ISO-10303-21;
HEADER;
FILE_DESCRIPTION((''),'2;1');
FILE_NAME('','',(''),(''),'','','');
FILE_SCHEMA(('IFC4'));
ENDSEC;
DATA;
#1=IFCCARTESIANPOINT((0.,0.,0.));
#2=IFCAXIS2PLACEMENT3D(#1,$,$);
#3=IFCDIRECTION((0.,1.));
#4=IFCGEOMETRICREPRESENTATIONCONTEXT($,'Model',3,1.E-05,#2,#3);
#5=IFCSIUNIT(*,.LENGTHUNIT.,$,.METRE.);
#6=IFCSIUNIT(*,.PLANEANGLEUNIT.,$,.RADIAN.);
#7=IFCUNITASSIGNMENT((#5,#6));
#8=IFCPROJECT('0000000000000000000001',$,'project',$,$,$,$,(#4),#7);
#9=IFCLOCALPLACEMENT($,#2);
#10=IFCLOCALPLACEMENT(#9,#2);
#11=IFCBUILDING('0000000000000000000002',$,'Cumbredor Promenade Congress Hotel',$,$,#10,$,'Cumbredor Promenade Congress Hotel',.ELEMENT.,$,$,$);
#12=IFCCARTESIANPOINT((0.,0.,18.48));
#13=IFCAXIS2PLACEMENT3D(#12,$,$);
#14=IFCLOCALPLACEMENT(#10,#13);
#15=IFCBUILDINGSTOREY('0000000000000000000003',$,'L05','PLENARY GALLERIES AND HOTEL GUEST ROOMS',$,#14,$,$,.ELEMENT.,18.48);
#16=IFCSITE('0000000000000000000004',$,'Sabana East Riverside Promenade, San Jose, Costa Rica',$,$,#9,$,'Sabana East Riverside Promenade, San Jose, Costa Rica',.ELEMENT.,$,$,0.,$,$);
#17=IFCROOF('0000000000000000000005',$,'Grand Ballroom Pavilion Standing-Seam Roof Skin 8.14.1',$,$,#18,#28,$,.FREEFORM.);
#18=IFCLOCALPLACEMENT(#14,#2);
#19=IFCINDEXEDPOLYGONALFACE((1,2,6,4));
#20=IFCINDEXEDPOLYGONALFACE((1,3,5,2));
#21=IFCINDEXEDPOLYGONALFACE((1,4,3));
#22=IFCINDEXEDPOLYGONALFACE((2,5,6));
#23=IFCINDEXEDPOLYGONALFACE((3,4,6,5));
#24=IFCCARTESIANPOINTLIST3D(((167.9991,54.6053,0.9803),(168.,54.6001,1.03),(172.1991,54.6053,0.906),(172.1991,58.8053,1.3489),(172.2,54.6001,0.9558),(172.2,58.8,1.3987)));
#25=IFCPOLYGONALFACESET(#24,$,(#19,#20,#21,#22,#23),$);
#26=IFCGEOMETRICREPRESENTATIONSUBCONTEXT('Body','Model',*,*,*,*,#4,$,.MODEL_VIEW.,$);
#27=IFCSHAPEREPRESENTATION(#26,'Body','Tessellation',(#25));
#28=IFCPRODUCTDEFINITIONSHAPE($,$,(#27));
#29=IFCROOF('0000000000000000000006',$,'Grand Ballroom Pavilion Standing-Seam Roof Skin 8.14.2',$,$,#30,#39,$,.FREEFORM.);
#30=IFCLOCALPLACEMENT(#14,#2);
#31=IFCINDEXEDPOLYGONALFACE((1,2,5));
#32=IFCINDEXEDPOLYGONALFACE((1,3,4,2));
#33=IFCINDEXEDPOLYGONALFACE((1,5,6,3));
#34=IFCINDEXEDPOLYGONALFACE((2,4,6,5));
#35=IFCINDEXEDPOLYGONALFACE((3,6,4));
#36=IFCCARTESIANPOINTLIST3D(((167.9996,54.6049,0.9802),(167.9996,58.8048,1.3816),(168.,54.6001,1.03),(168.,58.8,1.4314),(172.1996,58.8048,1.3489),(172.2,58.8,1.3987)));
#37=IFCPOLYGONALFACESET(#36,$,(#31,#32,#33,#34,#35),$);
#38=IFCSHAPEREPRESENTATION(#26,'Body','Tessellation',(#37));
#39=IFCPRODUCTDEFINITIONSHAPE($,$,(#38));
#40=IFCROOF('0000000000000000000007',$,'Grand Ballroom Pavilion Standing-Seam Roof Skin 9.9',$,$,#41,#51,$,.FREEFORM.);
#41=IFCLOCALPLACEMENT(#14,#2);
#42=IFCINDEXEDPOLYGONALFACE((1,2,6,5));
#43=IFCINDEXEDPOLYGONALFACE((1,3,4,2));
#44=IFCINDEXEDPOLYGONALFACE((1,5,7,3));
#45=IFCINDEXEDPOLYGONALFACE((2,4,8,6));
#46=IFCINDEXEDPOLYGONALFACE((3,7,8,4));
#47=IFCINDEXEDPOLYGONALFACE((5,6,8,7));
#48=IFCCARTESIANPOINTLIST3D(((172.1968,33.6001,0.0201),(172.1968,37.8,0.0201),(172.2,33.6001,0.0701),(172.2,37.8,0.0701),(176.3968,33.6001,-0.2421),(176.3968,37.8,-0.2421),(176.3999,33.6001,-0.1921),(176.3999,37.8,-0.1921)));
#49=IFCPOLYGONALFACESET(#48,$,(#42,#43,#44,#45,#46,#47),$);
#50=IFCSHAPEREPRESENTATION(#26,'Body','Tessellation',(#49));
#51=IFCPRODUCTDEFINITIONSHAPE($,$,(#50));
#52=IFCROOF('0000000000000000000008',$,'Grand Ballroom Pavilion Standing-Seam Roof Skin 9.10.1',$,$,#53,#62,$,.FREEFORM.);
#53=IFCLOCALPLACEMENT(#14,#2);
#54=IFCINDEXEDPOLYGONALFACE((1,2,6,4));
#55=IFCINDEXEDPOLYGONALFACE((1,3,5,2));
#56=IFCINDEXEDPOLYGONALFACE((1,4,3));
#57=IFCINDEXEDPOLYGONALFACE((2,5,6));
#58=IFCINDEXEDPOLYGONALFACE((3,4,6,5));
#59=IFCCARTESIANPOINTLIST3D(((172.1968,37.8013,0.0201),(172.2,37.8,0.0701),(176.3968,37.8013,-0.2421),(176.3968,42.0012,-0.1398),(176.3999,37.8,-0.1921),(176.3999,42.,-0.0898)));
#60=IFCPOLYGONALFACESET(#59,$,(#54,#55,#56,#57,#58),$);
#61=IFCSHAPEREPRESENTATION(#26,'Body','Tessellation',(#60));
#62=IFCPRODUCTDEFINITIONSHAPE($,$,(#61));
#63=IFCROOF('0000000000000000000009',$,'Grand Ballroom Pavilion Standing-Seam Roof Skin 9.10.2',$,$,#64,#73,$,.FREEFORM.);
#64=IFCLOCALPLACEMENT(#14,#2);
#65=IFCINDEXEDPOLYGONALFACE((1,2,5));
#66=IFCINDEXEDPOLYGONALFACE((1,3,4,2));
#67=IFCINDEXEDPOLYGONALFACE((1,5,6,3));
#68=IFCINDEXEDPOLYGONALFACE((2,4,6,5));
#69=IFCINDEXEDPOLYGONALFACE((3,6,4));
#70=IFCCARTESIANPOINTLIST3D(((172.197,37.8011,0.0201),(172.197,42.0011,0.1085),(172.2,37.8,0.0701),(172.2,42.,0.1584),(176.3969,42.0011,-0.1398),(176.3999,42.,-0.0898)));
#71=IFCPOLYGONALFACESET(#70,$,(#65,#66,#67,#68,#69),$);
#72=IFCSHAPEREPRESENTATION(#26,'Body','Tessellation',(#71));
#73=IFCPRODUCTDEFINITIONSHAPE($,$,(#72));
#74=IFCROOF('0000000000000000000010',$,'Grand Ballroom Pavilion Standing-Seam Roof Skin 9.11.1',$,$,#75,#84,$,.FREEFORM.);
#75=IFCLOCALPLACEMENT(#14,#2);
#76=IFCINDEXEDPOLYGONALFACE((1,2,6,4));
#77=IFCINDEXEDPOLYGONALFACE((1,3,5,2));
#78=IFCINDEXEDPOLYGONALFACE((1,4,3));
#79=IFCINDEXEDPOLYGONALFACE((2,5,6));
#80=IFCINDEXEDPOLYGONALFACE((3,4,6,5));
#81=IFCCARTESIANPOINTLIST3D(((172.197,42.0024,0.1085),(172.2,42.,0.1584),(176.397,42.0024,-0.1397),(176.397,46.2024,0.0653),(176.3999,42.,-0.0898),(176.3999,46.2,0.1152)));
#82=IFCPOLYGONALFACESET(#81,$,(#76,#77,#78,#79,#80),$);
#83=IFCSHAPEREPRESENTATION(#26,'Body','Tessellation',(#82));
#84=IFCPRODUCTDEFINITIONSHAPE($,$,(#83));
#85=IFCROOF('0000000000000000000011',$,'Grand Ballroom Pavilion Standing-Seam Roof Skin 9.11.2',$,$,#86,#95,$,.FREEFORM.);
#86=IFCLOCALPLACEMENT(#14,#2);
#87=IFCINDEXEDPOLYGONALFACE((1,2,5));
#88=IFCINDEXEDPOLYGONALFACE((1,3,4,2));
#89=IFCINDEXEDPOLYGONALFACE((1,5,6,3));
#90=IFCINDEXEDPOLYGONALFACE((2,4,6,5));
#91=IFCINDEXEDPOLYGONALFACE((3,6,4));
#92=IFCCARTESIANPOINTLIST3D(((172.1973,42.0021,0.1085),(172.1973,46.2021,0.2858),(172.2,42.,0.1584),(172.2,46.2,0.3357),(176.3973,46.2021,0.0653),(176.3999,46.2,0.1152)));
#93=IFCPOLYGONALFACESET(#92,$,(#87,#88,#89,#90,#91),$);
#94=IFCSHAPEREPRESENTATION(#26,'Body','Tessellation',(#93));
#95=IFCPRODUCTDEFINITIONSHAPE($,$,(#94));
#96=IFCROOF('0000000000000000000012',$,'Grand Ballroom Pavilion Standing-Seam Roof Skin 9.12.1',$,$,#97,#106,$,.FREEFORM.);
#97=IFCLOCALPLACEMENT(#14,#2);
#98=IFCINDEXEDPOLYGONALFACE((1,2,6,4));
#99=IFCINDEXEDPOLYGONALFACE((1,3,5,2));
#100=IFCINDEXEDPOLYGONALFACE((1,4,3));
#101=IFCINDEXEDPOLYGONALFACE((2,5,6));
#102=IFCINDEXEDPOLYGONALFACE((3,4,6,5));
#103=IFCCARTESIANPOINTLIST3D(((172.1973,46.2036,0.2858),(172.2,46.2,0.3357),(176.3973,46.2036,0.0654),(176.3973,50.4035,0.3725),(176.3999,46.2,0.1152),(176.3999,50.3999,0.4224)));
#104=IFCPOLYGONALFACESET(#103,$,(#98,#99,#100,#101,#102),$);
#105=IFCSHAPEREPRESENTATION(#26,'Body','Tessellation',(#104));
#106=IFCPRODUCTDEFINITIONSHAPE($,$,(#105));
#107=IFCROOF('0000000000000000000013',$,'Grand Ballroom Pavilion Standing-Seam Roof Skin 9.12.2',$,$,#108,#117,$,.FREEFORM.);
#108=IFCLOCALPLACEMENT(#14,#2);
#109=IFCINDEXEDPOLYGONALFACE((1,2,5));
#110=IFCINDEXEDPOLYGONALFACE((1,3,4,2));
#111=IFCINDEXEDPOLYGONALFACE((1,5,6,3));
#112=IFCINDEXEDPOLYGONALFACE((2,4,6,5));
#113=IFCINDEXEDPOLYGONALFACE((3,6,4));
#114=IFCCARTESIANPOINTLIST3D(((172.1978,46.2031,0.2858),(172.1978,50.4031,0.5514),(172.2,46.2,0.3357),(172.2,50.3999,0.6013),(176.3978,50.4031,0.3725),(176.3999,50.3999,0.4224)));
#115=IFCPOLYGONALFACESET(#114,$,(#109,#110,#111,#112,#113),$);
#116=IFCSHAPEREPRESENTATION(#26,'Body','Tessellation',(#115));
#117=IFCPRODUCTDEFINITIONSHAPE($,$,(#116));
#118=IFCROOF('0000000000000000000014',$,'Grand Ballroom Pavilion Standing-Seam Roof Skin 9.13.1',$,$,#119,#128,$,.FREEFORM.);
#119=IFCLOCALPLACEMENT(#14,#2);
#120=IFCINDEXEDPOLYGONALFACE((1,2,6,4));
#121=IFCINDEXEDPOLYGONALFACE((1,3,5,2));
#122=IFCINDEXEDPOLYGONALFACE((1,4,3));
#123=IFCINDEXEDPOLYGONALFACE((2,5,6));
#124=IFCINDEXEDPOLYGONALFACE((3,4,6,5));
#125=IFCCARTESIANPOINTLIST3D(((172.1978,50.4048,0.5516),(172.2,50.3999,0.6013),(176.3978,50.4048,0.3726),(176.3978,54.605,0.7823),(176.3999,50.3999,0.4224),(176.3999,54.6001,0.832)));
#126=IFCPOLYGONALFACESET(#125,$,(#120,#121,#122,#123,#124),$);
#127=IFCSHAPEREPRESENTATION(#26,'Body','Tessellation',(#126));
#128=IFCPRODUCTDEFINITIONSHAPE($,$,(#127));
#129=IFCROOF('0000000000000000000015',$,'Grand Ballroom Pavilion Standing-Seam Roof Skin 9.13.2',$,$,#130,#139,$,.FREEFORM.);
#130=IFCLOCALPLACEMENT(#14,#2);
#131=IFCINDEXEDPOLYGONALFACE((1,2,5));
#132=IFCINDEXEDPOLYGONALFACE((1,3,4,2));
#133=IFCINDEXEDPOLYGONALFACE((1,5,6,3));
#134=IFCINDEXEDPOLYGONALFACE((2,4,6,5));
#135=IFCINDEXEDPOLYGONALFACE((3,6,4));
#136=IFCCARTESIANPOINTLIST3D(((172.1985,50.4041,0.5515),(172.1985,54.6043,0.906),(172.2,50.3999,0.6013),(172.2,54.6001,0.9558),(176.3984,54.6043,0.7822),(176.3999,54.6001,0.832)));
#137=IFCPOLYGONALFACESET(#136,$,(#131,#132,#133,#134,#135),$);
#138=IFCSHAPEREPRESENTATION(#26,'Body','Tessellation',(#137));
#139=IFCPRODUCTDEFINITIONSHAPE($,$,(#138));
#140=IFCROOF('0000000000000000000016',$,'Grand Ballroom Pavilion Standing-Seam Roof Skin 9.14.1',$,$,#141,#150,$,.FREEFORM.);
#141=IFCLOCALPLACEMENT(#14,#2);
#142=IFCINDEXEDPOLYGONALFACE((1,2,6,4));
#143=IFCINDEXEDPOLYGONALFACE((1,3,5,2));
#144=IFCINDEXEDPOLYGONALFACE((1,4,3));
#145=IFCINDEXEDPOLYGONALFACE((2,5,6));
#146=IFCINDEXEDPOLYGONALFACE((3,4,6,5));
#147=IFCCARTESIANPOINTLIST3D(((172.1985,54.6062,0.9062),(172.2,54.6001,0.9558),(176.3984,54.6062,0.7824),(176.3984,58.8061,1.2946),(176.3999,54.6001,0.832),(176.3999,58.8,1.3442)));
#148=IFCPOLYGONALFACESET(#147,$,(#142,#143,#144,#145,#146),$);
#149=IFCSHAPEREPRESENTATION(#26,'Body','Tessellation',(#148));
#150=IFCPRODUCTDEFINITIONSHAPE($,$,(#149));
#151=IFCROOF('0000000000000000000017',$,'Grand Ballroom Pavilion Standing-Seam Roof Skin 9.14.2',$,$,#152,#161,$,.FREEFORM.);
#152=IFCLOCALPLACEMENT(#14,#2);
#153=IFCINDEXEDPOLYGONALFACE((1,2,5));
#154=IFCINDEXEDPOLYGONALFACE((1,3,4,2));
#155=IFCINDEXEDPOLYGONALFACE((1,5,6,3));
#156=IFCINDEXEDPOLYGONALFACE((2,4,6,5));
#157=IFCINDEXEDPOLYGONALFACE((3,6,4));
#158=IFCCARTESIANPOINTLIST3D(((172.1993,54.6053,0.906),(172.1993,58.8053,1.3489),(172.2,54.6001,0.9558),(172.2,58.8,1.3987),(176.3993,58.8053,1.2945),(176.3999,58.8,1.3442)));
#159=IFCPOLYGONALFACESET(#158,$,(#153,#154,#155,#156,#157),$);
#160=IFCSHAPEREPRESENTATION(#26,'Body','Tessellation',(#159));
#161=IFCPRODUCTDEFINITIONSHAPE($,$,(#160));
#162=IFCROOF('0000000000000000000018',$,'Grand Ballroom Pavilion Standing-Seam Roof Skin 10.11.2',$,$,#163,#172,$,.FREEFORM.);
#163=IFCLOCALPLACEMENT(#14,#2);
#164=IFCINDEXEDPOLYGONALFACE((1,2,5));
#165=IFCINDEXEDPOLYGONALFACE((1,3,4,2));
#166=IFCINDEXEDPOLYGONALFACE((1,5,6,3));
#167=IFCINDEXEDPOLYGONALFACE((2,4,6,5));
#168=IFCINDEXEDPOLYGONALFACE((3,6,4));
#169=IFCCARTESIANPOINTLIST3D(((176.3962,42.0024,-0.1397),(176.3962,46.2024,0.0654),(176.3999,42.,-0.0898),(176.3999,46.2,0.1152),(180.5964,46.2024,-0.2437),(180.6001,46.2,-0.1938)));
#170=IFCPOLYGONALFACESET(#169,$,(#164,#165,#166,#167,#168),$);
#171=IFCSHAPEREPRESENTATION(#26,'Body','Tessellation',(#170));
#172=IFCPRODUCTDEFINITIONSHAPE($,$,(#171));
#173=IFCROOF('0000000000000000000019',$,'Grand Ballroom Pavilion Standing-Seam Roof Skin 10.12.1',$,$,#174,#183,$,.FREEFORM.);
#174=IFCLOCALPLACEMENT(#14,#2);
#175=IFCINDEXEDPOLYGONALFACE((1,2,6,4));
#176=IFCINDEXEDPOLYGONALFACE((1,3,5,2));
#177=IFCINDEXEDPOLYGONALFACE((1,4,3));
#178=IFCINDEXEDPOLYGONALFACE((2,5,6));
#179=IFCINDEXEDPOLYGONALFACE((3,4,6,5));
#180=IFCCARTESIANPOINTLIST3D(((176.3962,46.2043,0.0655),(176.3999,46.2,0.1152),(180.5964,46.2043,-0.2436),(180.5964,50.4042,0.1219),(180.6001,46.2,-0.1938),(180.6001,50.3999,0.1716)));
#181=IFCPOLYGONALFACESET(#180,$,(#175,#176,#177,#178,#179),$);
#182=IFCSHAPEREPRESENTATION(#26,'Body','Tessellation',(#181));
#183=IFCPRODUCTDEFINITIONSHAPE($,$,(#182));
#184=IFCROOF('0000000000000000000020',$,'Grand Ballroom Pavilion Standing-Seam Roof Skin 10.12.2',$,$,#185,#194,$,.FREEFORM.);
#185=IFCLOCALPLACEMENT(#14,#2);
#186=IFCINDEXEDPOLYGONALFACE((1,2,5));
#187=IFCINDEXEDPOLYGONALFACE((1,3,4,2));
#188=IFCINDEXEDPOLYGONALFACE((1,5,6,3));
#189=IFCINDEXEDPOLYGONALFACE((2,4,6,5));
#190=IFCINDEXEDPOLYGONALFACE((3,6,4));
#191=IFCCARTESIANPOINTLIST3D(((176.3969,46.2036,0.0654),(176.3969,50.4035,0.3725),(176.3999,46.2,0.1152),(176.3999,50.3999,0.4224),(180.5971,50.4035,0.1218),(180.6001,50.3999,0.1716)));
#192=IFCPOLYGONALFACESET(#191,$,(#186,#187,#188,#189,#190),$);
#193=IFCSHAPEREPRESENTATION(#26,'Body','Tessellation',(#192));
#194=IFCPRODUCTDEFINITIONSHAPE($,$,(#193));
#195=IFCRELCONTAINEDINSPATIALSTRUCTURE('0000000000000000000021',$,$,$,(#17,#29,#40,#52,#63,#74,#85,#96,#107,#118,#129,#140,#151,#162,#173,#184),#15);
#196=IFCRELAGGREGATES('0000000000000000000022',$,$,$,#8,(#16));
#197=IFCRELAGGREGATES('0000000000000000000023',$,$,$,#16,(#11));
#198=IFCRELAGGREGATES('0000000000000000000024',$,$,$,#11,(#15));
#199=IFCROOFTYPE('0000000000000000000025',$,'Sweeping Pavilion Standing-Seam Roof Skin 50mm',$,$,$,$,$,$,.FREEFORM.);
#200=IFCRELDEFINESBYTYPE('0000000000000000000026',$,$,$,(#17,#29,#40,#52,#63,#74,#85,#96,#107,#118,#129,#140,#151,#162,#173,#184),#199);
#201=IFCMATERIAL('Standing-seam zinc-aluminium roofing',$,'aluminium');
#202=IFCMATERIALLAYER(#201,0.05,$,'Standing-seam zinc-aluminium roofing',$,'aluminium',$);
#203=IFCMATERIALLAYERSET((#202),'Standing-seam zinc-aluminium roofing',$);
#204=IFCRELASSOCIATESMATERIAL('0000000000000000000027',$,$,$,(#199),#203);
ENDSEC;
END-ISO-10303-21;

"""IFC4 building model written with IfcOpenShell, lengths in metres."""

from ifc_helpers import new_model, si_unit, direction, frame, origin, place, context, subcontext, project, spatial, polyline, outline, extrude, material, layer, layer_set, type_object, element, save


model = new_model("IFC4")

# Units and contexts
model_context = context("Model", 3, precision=1e-05, world=origin(), true_north=direction((0.0, 1.0)))
body_context = subcontext(model_context, "Body", "Model", "MODEL_VIEW")
ifc_project = project(units=[si_unit("LENGTHUNIT", "METRE"), si_unit("PLANEANGLEUNIT", "RADIAN")], contexts=[model_context])

# Site, building, storey
site_placement = place(None, origin())
site = spatial("IfcSite", under=ifc_project, at=site_placement, Name="Sabana East Riverside Promenade, San Jose, Costa Rica", LongName="Sabana East Riverside Promenade, San Jose, Costa Rica", CompositionType="ELEMENT", RefElevation=0.0)
building_placement = place(site_placement, origin())
building = spatial("IfcBuilding", under=site, at=building_placement, Name="Cumbredor Promenade Congress Hotel", LongName="Cumbredor Promenade Congress Hotel", CompositionType="ELEMENT")
storey_placement = place(building_placement, frame((0.0, 0.0, 18.48)))
storey = spatial("IfcBuildingStorey", under=building, at=storey_placement, Name="L05", Description="PLENARY GALLERIES AND HOTEL GUEST ROOMS", CompositionType="ELEMENT", Elevation=18.48)

# Roofs
ifc_material_1 = material(Name="Standing-seam zinc-aluminium roofing", Category="aluminium")
ifc_layer_1 = layer(ifc_material_1, 0.05, Name="Standing-seam zinc-aluminium roofing", Category="aluminium")
ifc_layer_set_1 = layer_set([ifc_layer_1], Name="Standing-seam zinc-aluminium roofing")
roof_type = type_object("IfcRoofType", Name="Sweeping Pavilion Standing-Seam Roof Skin 50mm", PredefinedType="FREEFORM", material=ifc_layer_set_1)
roof_1_placement = place(storey_placement, frame((168.0, 54.6001, 1.03), z_axis=(0.017571, -0.104849, 0.994333), x_axis=(0.999844, 0.0, -0.017669)))
element("IfcRoof", 1, at=roof_1_placement, inside=storey, type_object=roof_type, Name="Grand Ballroom Pavilion Standing-Seam Roof Skin 8.14.1", PredefinedType="FREEFORM", context=body_context, shape_type="SweptSolid", body=[
    extrude(outline(polyline([(0.0, 0.0), (4.2006, 0.0), (4.1928, 4.2232), (0.0, 0.0)])), origin(), (0.0, 0.0, -1.0), 0.05),
])
roof_2_placement = place(storey_placement, frame((168.0, 54.6001, 1.03), z_axis=(0.007754, -0.095128, 0.995435), x_axis=(0.705749, 0.705749, 0.061947)))
element("IfcRoof", 2, at=roof_2_placement, inside=storey, type_object=roof_type, Name="Grand Ballroom Pavilion Standing-Seam Roof Skin 8.14.2", PredefinedType="FREEFORM", context=body_context, shape_type="SweptSolid", body=[
    extrude(outline(polyline([(0.0, 0.0), (5.9511, 0.0), (2.989, 2.9777), (0.0, 0.0)])), origin(), (0.0, 0.0, -1.0), 0.05),
])
roof_3_placement = place(storey_placement, frame((172.2, 33.6001, 0.0701), z_axis=(0.06231, 0.0, 0.998057), x_axis=(0.998057, 0.0, -0.06231)))
element("IfcRoof", 3, at=roof_3_placement, inside=storey, type_object=roof_type, Name="Grand Ballroom Pavilion Standing-Seam Roof Skin 9.9", PredefinedType="FREEFORM", context=body_context, shape_type="SweptSolid", body=[
    extrude(outline(polyline([(0.0, 0.0), (4.2081, 0.0), (4.2081, 4.2), (0.0, 4.2), (0.0, 0.0)])), origin(), (0.0, 0.0, -1.0), 0.05),
])
roof_4_placement = place(storey_placement, frame((172.2, 37.8, 0.0701), z_axis=(0.062291, -0.024302, 0.997762), x_axis=(0.998057, 0.0, -0.06231)))
element("IfcRoof", 4, at=roof_4_placement, inside=storey, type_object=roof_type, Name="Grand Ballroom Pavilion Standing-Seam Roof Skin 9.10.1", PredefinedType="FREEFORM", context=body_context, shape_type="SweptSolid", body=[
    extrude(outline(polyline([(0.0, 0.0), (4.2081, 0.0), (4.2018, 4.2012), (0.0, 0.0)])), origin(), (0.0, 0.0, -1.0), 0.05),
])
roof_5_placement = place(storey_placement, frame((172.2, 37.8, 0.0701), z_axis=(0.059002, -0.021002, 0.998037), x_axis=(0.706851, 0.706851, -0.026913)))
element("IfcRoof", 5, at=roof_5_placement, inside=storey, type_object=roof_type, Name="Grand Ballroom Pavilion Standing-Seam Roof Skin 9.10.2", PredefinedType="FREEFORM", context=body_context, shape_type="SweptSolid", body=[
    extrude(outline(polyline([(0.0, 0.0), (5.9418, 0.0), (2.9664, 2.9746), (0.0, 0.0)])), origin(), (0.0, 0.0, -1.0), 0.05),
])
roof_6_placement = place(storey_placement, frame((172.2, 42.0, 0.1584), z_axis=(0.058945, -0.048686, 0.997073), x_axis=(0.998257, 0.0, -0.059015)))
element("IfcRoof", 6, at=roof_6_placement, inside=storey, type_object=roof_type, Name="Grand Ballroom Pavilion Standing-Seam Roof Skin 9.11.1", PredefinedType="FREEFORM", context=body_context, shape_type="SweptSolid", body=[
    extrude(outline(polyline([(0.0, 0.0), (4.2073, 0.0), (4.1952, 4.2049), (0.0, 0.0)])), origin(), (0.0, 0.0, -1.0), 0.05),
])
roof_7_placement = place(storey_placement, frame((172.2, 42.0, 0.1584), z_axis=(0.052372, -0.042107, 0.99774), x_axis=(0.707088, 0.707088, -0.007275)))
element("IfcRoof", 7, at=roof_7_placement, inside=storey, type_object=roof_type, Name="Grand Ballroom Pavilion Standing-Seam Roof Skin 9.11.2", PredefinedType="FREEFORM", context=body_context, shape_type="SweptSolid", body=[
    extrude(outline(polyline([(0.0, 0.0), (5.9398, 0.0), (2.9684, 2.9765), (0.0, 0.0)])), origin(), (0.0, 0.0, -1.0), 0.05),
])
roof_8_placement = place(storey_placement, frame((172.2, 46.2, 0.3357), z_axis=(0.052279, -0.072832, 0.995973), x_axis=(0.998625, 0.0, -0.052419)))
element("IfcRoof", 8, at=roof_8_placement, inside=storey, type_object=roof_type, Name="Grand Ballroom Pavilion Standing-Seam Roof Skin 9.12.1", PredefinedType="FREEFORM", context=body_context, shape_type="SweptSolid", body=[
    extrude(outline(polyline([(0.0, 0.0), (4.2057, 0.0), (4.1896, 4.2111), (0.0, 0.0)])), origin(), (0.0, 0.0, -1.0), 0.05),
])
roof_9_placement = place(storey_placement, frame((172.2, 46.2, 0.3357), z_axis=(0.042485, -0.063062, 0.997105), x_axis=(0.707032, 0.707032, 0.01459)))
element("IfcRoof", 9, at=roof_9_placement, inside=storey, type_object=roof_type, Name="Grand Ballroom Pavilion Standing-Seam Roof Skin 9.12.2", PredefinedType="FREEFORM", context=body_context, shape_type="SweptSolid", body=[
    extrude(outline(polyline([(0.0, 0.0), (5.9403, 0.0), (2.9734, 2.9781), (0.0, 0.0)])), origin(), (0.0, 0.0, -1.0), 0.05),
])
roof_10_placement = place(storey_placement, frame((172.2, 50.3999, 0.6013), z_axis=(0.04237, -0.096988, 0.994383), x_axis=(0.999093, 0.0, -0.04257)))
element("IfcRoof", 10, at=roof_10_placement, inside=storey, type_object=roof_type, Name="Grand Ballroom Pavilion Standing-Seam Roof Skin 9.13.1", PredefinedType="FREEFORM", context=body_context, shape_type="SweptSolid", body=[
    extrude(outline(polyline([(0.0, 0.0), (4.2038, 0.0), (4.1863, 4.2201), (0.0, 0.0)])), origin(), (0.0, 0.0, -1.0), 0.05),
])
roof_11_placement = place(storey_placement, frame((172.2, 50.3999, 0.6013), z_axis=(0.029355, -0.084064, 0.996028), x_axis=(0.706553, 0.706595, 0.038813)))
element("IfcRoof", 11, at=roof_11_placement, inside=storey, type_object=roof_type, Name="Grand Ballroom Pavilion Standing-Seam Roof Skin 9.13.2", PredefinedType="FREEFORM", context=body_context, shape_type="SweptSolid", body=[
    extrude(outline(polyline([(0.0, 0.0), (5.9443, 0.0), (2.9816, 2.9795), (0.0, 0.0)])), origin(), (0.0, 0.0, -1.0), 0.05),
])
roof_12_placement = place(storey_placement, frame((172.2, 54.6001, 0.9558), z_axis=(0.029242, -0.121007, 0.992221), x_axis=(0.999566, 0.0, -0.029459)))
element("IfcRoof", 12, at=roof_12_placement, inside=storey, type_object=roof_type, Name="Grand Ballroom Pavilion Standing-Seam Roof Skin 9.14.1", PredefinedType="FREEFORM", context=body_context, shape_type="SweptSolid", body=[
    extrude(outline(polyline([(0.0, 0.0), (4.2018, 0.0), (4.1867, 4.231), (0.0, 0.0)])), origin(), (0.0, 0.0, -1.0), 0.05),
])
roof_13_placement = place(storey_placement, frame((172.2, 54.6001, 0.9558), z_axis=(0.01289, -0.104857, 0.994404), x_axis=(0.7056, 0.7056, 0.065257)))
element("IfcRoof", 13, at=roof_13_placement, inside=storey, type_object=roof_type, Name="Grand Ballroom Pavilion Standing-Seam Roof Skin 9.14.2", PredefinedType="FREEFORM", context=body_context, shape_type="SweptSolid", body=[
    extrude(outline(polyline([(0.0, 0.0), (5.9523, 0.0), (2.9924, 2.9802), (0.0, 0.0)])), origin(), (0.0, 0.0, -1.0), 0.05),
])
roof_14_placement = place(storey_placement, frame((176.3999, 42.0, -0.0898), z_axis=(0.073302, -0.048639, 0.996123), x_axis=(0.707019, 0.706978, -0.017507)))
element("IfcRoof", 14, at=roof_14_placement, inside=storey, type_object=roof_type, Name="Grand Ballroom Pavilion Standing-Seam Roof Skin 10.11.2", PredefinedType="FREEFORM", context=body_context, shape_type="SweptSolid", body=[
    extrude(outline(polyline([(0.0, 0.0), (5.9407, 0.0), (2.9657, 2.981), (0.0, 0.0)])), origin(), (0.0, 0.0, -1.0), 0.05),
])
roof_15_placement = place(storey_placement, frame((176.3999, 46.2, 0.1152), z_axis=(0.073114, -0.08646, 0.993569), x_axis=(0.997303, 0.0, -0.073389)))
element("IfcRoof", 15, at=roof_15_placement, inside=storey, type_object=roof_type, Name="Grand Ballroom Pavilion Standing-Seam Roof Skin 10.12.1", PredefinedType="FREEFORM", context=body_context, shape_type="SweptSolid", body=[
    extrude(outline(polyline([(0.0, 0.0), (4.2116, 0.0), (4.1847, 4.2157), (0.0, 0.0)])), origin(), (0.0, 0.0, -1.0), 0.05),
])
roof_16_placement = place(storey_placement, frame((176.3999, 46.2, 0.1152), z_axis=(0.059431, -0.072803, 0.995574), x_axis=(0.707095, 0.707054, 0.009494)))
element("IfcRoof", 16, at=roof_16_placement, inside=storey, type_object=roof_type, Name="Grand Ballroom Pavilion Standing-Seam Roof Skin 10.12.2", PredefinedType="FREEFORM", context=body_context, shape_type="SweptSolid", body=[
    extrude(outline(polyline([(0.0, 0.0), (5.9401, 0.0), (2.9725, 2.983), (0.0, 0.0)])), origin(), (0.0, 0.0, -1.0), 0.05),
])

save(model, "model.ifc")
